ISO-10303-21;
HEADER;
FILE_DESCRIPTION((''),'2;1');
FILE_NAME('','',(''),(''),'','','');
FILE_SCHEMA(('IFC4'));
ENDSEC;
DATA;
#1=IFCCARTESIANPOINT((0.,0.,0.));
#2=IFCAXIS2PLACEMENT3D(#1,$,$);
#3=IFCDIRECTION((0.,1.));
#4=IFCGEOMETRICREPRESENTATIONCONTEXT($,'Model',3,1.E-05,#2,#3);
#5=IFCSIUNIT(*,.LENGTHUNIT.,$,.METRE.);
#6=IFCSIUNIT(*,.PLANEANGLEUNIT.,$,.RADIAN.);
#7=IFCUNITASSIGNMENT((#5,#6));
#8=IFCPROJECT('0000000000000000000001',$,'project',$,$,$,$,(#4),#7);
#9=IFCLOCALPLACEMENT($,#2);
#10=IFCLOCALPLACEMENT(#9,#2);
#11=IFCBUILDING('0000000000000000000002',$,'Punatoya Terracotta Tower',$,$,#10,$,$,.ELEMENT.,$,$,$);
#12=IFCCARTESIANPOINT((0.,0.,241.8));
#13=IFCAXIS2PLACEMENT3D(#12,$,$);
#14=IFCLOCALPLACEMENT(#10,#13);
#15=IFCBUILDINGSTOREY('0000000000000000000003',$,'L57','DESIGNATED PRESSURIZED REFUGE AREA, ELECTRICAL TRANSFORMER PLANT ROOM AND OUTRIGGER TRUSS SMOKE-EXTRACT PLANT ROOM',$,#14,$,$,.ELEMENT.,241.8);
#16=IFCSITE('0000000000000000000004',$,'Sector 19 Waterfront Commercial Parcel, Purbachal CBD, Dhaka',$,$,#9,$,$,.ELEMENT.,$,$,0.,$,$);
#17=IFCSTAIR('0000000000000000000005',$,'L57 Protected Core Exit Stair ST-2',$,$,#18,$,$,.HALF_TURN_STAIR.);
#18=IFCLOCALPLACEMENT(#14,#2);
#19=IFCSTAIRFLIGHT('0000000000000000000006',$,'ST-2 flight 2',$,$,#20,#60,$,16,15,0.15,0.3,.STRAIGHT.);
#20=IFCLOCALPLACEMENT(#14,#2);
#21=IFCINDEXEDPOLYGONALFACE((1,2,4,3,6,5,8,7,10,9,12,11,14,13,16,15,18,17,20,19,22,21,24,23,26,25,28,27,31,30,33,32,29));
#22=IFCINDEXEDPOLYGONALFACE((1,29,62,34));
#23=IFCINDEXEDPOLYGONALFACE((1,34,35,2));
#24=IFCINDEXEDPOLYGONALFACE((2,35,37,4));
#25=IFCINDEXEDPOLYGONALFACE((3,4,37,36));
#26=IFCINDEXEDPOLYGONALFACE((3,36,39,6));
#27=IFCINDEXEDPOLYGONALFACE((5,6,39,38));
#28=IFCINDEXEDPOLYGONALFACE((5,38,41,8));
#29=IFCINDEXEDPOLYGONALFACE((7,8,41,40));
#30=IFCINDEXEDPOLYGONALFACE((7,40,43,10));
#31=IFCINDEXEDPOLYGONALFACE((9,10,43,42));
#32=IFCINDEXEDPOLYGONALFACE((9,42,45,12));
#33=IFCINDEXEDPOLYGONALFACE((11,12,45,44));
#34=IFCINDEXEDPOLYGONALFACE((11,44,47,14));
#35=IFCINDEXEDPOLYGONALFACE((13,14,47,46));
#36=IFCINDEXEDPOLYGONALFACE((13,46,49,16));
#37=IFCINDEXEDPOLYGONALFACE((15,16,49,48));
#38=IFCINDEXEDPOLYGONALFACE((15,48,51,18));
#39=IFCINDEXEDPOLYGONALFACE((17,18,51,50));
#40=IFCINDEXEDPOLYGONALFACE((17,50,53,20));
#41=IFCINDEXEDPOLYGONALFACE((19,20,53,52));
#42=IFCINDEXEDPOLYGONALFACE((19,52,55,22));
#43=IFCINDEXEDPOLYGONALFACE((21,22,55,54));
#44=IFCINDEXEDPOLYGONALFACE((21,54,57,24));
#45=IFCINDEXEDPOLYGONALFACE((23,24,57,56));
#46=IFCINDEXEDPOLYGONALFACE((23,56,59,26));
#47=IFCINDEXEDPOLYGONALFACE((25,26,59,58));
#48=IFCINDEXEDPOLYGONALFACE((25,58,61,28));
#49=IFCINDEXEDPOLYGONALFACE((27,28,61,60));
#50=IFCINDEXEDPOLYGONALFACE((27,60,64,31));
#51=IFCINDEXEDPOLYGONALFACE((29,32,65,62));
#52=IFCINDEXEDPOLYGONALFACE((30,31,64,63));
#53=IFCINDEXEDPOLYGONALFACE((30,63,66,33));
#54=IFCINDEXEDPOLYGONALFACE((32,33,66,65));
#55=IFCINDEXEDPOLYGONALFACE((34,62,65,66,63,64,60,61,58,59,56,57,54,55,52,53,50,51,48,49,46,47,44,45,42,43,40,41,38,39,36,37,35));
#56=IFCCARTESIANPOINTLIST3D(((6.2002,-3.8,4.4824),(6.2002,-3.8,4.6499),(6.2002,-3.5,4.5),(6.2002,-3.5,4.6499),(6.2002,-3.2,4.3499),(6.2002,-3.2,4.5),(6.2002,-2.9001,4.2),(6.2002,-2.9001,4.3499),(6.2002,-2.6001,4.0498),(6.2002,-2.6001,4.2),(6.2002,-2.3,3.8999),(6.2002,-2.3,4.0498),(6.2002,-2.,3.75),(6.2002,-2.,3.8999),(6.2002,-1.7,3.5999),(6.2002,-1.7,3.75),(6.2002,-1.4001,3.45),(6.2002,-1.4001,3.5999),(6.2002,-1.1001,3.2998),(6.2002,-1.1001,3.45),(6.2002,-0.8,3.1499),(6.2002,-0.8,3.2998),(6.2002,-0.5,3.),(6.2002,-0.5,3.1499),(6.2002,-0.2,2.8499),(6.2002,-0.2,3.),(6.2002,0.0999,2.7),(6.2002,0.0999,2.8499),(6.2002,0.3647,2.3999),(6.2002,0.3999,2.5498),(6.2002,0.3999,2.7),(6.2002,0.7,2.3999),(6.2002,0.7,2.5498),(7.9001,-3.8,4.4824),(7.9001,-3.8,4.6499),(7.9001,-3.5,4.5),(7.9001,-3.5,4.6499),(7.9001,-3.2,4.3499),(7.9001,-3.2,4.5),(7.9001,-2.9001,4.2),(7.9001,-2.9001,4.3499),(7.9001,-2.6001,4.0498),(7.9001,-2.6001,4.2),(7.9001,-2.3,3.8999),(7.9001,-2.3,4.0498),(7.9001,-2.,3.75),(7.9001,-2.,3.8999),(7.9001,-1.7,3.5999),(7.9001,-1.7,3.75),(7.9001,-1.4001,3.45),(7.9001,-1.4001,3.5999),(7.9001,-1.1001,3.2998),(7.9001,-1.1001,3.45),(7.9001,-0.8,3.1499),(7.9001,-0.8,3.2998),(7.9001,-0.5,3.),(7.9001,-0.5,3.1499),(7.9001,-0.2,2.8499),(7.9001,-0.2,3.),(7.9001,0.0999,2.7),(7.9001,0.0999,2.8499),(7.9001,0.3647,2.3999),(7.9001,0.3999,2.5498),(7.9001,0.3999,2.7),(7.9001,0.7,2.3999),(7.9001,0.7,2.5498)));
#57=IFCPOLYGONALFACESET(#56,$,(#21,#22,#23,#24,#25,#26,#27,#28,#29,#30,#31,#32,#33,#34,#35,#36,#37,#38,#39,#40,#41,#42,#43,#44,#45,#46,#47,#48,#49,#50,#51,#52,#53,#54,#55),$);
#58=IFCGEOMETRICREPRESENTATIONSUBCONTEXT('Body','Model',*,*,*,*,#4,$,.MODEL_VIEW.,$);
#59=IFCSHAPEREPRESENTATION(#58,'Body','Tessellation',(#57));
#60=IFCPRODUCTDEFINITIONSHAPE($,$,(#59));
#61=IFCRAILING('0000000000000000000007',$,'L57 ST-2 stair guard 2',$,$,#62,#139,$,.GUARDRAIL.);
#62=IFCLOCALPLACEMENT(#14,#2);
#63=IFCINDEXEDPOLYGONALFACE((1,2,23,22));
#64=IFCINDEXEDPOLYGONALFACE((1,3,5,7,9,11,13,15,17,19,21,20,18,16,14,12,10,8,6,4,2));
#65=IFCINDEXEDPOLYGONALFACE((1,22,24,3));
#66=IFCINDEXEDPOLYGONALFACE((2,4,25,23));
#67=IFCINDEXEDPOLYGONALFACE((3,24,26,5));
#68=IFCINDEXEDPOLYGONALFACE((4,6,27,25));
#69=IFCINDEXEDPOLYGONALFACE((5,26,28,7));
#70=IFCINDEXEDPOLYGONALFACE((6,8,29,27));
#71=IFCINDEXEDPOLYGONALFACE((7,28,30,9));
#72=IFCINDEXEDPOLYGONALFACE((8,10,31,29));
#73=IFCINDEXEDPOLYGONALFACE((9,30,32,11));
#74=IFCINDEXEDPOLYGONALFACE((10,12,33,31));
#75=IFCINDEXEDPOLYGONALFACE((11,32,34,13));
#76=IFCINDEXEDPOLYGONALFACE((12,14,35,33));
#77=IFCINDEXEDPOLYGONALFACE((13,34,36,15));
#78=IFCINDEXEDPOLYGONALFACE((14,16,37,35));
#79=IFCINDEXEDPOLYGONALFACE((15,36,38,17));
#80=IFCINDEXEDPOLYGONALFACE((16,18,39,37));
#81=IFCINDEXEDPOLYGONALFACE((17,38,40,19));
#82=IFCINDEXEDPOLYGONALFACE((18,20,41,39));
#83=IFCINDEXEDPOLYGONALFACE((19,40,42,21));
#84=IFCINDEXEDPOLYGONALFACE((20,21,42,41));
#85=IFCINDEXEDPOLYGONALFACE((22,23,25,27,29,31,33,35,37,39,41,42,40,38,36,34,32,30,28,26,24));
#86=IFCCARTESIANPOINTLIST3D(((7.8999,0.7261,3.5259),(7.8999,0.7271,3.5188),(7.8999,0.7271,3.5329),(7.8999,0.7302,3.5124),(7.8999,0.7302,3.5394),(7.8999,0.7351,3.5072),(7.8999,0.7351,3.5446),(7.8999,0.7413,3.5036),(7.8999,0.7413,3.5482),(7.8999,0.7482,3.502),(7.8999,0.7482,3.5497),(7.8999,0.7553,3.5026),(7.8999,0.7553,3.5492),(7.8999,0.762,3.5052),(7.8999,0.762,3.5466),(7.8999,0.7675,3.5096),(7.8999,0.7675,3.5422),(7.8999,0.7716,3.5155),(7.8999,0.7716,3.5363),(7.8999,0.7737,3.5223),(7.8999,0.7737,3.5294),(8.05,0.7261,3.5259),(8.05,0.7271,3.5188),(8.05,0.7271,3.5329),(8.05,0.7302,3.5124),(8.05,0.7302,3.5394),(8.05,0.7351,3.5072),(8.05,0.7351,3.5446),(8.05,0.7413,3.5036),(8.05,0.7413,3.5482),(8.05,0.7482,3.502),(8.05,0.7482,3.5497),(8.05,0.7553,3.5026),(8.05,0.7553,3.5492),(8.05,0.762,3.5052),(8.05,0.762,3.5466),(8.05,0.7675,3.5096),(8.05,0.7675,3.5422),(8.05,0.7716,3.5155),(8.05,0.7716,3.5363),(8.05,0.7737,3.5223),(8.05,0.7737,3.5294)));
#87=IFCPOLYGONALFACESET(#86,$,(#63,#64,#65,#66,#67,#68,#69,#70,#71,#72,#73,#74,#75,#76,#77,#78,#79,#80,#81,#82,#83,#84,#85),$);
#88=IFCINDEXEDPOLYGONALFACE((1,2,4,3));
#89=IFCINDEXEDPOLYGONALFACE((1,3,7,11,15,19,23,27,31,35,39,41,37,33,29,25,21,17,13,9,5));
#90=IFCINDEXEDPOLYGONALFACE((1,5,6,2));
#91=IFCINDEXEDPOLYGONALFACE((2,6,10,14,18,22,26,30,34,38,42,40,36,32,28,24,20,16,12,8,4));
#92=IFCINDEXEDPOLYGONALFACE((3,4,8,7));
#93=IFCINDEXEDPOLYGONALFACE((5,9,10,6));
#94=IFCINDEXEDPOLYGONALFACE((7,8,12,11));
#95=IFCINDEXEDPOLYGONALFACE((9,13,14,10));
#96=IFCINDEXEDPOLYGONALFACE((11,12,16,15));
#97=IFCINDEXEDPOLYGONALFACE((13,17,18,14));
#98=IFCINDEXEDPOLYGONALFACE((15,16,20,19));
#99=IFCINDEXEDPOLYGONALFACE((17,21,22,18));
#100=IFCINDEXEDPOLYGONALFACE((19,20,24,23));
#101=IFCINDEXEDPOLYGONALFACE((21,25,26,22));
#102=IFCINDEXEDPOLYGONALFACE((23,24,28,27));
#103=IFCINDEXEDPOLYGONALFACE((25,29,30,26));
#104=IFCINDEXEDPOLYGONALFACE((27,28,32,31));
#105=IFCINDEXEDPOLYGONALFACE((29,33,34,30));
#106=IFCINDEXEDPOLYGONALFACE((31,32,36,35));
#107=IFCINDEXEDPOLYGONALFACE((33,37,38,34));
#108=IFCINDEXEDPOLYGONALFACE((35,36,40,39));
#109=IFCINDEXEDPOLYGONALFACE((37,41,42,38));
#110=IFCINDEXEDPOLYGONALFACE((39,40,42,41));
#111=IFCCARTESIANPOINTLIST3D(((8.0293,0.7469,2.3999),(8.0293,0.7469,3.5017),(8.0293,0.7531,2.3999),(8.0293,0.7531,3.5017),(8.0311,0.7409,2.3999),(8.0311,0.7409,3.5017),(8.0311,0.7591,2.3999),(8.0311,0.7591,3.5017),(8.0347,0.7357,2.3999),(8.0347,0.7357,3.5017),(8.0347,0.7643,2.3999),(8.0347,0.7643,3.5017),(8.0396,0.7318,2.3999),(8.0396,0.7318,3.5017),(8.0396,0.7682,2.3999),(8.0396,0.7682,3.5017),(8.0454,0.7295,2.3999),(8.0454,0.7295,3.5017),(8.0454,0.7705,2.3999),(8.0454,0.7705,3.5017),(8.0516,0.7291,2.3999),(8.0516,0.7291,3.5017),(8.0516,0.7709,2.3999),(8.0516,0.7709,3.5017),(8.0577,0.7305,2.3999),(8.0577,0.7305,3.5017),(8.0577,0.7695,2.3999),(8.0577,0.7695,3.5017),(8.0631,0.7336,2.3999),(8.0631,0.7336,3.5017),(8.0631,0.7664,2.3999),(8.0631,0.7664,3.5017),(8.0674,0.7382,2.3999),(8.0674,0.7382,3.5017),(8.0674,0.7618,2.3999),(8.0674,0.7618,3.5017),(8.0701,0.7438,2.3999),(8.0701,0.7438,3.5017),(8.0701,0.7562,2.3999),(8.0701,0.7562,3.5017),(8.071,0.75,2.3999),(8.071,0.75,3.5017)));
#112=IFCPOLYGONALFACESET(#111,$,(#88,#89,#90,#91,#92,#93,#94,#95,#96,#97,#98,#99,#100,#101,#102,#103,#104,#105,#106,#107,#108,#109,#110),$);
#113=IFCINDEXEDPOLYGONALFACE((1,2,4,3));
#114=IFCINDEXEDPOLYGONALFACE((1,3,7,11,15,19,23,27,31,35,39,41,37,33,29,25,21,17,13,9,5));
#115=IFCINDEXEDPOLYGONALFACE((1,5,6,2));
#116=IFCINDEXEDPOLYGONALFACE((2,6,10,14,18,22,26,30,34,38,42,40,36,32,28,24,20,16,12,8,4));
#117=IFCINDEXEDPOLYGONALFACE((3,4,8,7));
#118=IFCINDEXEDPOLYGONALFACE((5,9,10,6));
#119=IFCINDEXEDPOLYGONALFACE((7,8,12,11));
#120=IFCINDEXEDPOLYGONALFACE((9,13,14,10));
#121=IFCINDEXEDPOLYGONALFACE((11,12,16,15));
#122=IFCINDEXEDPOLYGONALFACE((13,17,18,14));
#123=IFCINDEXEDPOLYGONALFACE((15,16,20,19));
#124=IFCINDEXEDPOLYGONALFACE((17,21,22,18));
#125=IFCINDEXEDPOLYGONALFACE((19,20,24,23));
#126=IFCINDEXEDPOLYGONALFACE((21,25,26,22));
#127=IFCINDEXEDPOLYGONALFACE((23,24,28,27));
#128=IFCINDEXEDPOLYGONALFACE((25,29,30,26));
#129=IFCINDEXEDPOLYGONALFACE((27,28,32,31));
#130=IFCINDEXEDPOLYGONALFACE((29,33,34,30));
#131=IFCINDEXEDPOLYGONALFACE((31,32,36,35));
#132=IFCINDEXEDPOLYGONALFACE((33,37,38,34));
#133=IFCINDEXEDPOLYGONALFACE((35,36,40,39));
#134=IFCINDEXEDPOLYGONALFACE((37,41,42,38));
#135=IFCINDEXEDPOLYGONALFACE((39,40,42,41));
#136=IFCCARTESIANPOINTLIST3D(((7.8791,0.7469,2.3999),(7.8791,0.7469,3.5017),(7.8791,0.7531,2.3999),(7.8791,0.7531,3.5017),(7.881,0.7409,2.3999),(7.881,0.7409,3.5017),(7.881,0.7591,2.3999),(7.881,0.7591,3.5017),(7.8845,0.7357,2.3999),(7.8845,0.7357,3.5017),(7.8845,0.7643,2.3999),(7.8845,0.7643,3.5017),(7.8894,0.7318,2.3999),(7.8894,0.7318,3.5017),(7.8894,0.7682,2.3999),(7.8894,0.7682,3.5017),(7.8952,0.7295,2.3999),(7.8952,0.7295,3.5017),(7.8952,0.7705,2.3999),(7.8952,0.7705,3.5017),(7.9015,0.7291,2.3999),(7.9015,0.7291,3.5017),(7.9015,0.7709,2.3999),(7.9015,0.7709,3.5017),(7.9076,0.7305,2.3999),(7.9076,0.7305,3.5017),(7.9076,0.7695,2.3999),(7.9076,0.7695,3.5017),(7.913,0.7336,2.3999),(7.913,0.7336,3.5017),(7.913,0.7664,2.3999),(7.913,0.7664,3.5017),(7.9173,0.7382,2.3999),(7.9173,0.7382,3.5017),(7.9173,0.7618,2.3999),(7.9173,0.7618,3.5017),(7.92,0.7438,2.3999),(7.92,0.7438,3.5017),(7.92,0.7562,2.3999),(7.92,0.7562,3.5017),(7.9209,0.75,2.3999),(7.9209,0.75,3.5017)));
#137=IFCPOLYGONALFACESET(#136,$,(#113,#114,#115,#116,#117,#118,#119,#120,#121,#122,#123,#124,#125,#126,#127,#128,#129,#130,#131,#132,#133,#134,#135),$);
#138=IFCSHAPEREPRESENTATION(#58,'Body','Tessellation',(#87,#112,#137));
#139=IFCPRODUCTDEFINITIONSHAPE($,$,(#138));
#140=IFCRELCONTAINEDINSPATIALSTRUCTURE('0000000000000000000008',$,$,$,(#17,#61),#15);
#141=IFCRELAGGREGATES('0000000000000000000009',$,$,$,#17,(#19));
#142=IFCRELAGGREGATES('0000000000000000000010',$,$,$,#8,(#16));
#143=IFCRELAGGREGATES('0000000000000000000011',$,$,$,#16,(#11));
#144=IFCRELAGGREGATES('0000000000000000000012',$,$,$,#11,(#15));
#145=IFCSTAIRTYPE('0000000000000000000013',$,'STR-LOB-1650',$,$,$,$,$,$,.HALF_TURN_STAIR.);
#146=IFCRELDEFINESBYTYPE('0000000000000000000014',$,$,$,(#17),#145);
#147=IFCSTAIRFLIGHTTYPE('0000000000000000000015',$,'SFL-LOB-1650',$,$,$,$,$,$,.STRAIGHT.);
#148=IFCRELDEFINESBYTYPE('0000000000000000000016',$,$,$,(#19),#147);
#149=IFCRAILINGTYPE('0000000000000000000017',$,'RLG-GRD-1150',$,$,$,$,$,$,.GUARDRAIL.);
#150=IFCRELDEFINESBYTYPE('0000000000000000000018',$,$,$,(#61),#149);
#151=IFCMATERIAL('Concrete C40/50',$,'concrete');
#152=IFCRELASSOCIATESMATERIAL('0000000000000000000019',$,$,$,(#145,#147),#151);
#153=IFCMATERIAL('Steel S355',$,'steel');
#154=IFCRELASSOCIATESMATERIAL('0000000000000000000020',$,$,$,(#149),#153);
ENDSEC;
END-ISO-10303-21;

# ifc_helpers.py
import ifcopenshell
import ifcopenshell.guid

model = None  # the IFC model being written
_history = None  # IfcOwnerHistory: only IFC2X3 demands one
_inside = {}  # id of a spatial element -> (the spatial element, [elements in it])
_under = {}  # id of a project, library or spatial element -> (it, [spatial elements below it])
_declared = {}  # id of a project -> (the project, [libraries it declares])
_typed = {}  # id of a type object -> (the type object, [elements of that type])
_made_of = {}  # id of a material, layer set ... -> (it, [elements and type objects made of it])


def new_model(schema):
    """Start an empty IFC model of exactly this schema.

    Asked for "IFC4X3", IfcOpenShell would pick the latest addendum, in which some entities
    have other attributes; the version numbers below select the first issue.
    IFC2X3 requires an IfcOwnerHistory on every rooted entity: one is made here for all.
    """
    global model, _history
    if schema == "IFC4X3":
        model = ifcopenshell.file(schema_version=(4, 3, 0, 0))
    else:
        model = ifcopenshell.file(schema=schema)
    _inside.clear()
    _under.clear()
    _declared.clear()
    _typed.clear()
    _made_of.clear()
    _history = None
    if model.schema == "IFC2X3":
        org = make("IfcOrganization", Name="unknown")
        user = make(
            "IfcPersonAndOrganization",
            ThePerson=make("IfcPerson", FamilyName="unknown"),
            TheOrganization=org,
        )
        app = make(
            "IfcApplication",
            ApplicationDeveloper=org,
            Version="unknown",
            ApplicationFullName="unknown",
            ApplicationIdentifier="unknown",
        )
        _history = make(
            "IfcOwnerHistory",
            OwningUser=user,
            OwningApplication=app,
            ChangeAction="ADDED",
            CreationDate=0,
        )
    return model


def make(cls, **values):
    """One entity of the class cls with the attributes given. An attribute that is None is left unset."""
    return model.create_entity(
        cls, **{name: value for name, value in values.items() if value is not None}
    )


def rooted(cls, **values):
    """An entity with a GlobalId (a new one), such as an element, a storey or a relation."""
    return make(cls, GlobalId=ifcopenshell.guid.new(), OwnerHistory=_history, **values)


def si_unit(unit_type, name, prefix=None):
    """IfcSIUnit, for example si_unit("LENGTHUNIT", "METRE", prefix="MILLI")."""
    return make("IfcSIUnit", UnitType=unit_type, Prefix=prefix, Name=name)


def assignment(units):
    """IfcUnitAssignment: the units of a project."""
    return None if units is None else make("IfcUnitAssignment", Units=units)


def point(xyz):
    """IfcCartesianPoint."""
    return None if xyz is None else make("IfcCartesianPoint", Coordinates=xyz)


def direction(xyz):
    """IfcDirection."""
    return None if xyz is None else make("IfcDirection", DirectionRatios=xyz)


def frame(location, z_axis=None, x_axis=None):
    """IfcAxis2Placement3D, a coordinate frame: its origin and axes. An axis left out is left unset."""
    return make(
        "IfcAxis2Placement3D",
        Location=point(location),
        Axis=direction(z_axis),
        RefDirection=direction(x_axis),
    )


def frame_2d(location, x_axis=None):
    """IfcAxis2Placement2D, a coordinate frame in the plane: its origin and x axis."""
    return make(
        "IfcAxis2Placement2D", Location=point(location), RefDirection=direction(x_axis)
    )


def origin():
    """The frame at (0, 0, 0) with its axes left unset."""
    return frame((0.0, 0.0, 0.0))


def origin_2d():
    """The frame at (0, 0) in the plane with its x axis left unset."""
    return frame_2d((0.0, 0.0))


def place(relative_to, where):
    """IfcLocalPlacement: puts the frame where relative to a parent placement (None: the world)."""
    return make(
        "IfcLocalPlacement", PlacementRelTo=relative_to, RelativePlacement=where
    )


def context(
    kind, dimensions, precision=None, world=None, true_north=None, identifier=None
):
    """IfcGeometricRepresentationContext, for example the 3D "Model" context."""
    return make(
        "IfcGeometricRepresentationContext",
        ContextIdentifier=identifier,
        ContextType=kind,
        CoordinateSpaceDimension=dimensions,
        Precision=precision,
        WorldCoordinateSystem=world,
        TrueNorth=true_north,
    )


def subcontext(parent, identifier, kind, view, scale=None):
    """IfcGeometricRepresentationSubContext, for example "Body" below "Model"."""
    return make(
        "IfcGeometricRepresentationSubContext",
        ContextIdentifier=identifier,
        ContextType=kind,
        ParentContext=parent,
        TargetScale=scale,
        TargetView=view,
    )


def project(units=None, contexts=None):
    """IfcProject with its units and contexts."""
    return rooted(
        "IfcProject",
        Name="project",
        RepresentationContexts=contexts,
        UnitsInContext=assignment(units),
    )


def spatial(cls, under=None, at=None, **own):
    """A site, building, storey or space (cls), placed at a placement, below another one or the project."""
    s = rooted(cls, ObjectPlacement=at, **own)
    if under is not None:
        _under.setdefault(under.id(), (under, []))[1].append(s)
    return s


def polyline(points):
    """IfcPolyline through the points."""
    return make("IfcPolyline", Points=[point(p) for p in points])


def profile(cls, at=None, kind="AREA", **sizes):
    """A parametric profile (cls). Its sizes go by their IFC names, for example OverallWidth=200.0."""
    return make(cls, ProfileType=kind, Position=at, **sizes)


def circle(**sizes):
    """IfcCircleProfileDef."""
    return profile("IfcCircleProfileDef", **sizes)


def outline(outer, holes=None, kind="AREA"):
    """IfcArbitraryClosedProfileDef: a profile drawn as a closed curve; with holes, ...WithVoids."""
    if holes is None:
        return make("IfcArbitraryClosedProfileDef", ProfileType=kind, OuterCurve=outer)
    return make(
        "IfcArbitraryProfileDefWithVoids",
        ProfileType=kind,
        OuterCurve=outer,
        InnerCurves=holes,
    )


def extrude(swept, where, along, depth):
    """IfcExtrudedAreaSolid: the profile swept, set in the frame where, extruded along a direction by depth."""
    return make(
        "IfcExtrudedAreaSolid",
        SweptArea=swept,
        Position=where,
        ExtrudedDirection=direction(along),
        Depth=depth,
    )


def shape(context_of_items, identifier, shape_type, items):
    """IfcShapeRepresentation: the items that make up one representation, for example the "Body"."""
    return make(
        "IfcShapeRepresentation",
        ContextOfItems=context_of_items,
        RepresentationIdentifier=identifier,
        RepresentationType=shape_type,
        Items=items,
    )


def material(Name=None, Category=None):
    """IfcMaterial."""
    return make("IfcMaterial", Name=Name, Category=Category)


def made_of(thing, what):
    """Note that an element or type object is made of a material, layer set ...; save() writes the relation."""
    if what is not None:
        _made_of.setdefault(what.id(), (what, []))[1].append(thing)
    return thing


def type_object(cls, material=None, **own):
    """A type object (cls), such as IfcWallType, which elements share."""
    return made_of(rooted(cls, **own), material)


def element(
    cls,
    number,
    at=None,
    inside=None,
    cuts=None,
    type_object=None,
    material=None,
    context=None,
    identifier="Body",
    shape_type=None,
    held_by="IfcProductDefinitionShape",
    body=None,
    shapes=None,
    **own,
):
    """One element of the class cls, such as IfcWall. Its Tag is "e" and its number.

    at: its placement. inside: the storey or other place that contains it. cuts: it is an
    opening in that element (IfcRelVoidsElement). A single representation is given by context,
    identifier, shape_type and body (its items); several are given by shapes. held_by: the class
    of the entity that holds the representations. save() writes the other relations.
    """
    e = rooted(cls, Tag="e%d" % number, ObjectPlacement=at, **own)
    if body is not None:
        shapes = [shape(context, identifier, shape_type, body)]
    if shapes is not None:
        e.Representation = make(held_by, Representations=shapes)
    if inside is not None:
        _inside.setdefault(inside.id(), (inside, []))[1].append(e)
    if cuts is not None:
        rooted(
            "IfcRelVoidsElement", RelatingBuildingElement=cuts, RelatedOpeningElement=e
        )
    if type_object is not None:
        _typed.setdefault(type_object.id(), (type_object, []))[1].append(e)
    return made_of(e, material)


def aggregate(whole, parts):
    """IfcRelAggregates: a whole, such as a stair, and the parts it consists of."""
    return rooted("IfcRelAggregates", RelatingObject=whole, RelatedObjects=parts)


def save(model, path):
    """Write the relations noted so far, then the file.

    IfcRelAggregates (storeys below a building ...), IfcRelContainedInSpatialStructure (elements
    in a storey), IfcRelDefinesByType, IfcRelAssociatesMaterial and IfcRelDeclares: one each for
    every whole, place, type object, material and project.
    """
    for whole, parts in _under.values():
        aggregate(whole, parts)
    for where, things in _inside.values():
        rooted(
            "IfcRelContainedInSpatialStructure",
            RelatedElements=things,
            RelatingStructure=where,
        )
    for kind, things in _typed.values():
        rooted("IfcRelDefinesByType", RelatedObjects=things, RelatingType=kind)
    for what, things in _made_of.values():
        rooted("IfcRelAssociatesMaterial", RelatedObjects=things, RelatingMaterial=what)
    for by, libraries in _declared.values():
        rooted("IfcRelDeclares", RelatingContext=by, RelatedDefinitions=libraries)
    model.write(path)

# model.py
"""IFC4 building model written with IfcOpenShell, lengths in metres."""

from ifc_helpers import new_model, si_unit, direction, frame, origin, origin_2d, place, context, subcontext, project, spatial, polyline, circle, outline, extrude, material, type_object, element, aggregate, save


model = new_model("IFC4")

# Units and contexts
model_context = context("Model", 3, precision=1e-05, world=origin(), true_north=direction((0.0, 1.0)))
body_context = subcontext(model_context, "Body", "Model", "MODEL_VIEW")
ifc_project = project(units=[si_unit("LENGTHUNIT", "METRE"), si_unit("PLANEANGLEUNIT", "RADIAN")], contexts=[model_context])

# Site, building, storey
site_placement = place(None, origin())
site = spatial("IfcSite", under=ifc_project, at=site_placement, Name="Sector 19 Waterfront Commercial Parcel, Purbachal CBD, Dhaka", CompositionType="ELEMENT", RefElevation=0.0)
building_placement = place(site_placement, origin())
building = spatial("IfcBuilding", under=site, at=building_placement, Name="Punatoya Terracotta Tower", CompositionType="ELEMENT")
storey_placement = place(building_placement, frame((0.0, 0.0, 241.8)))
storey = spatial("IfcBuildingStorey", under=building, at=storey_placement, Name="L57", Description="DESIGNATED PRESSURIZED REFUGE AREA, ELECTRICAL TRANSFORMER PLANT ROOM AND OUTRIGGER TRUSS SMOKE-EXTRACT PLANT ROOM", CompositionType="ELEMENT", Elevation=241.8)

# Shared definitions
ifc_material_1 = material(Name="Steel S355", Category="steel")

# Shared definitions
ifc_material_2 = material(Name="Concrete C40/50", Category="concrete")

# Stair, stair flight
stair_type = type_object("IfcStairType", Name="STR-LOB-1650", PredefinedType="HALF_TURN_STAIR", material=ifc_material_2)
stair_placement = place(storey_placement, origin())
stair = element("IfcStair", 1, at=stair_placement, inside=storey, type_object=stair_type, Name="L57 Protected Core Exit Stair ST-2", PredefinedType="HALF_TURN_STAIR")
stair_flight_type = type_object("IfcStairFlightType", Name="SFL-LOB-1650", PredefinedType="STRAIGHT", material=ifc_material_2)
stair_flight_placement = place(storey_placement, frame((7.05, 0.7, 2.3999), z_axis=(0.0, 0.0, 1.0), x_axis=(0.0, -1.0, 0.0)))
stair_flight = element("IfcStairFlight", 2, at=stair_flight_placement, type_object=stair_flight_type, Name="ST-2 flight 2", NumberOfRisers=16, NumberOfTreads=15, PredefinedType="STRAIGHT", RiserHeight=0.15, TreadLength=0.3, context=body_context, shape_type="SweptSolid", body=[
    extrude(outline(polyline([(0.0, 0.0), (0.0, 0.1499), (0.3, 0.1499), (0.3, 0.3), (0.6001, 0.3), (0.6001, 0.45), (0.8999, 0.45), (0.8999, 0.6001), (1.2, 0.6001), (1.2, 0.75), (1.5, 0.75), (1.5, 0.8999), (1.8, 0.8999), (1.8, 1.05), (2.1001, 1.05), (2.1001, 1.2), (2.3999, 1.2), (2.3999, 1.3501), (2.7, 1.3501), (2.7, 1.5), (3.0, 1.5), (3.0, 1.6499), (3.3, 1.6499), (3.3, 1.8), (3.6001, 1.8), (3.6001, 1.95), (3.8999, 1.95), (3.8999, 2.1001), (4.2, 2.1001), (4.2, 2.25), (4.5, 2.25), (4.5, 2.3999), (4.5, 2.0825), (0.3352, 0.0), (0.0, 0.0)])), frame((0.0, 0.8501, 0.0), z_axis=(0.0, -1.0, 0.0), x_axis=(1.0, 0.0, 0.0)), (0.0, 0.0, 1.0), 1.7),
])
aggregate(stair, [stair_flight])

# Railing
railing_type_1 = type_object("IfcRailingType", Name="RLG-GRD-1150", PredefinedType="GUARDRAIL", material=ifc_material_1)
railing_1_placement = place(storey_placement, frame((8.05, 0.75, 2.3999)))
element("IfcRailing", 3, at=railing_1_placement, inside=storey, type_object=railing_type_1, Name="L57 ST-2 stair guard 2", PredefinedType="GUARDRAIL", context=body_context, shape_type="SweptSolid", body=[
    extrude(circle(Radius=0.0239, at=origin_2d()), frame((0.0, 0.0, 1.126), z_axis=(-1.0, 0.0, 0.0), x_axis=(0.0, -1.0, 0.0)), (0.0, 0.0, 1.0), 0.1501),
    extrude(circle(Radius=0.021, at=origin_2d()), origin(), (0.0, 0.0, 1.0), 1.1018),
    extrude(circle(Radius=0.021, at=origin_2d()), frame((-0.1501, 0.0, 0.0)), (0.0, 0.0, 1.0), 1.1018),
])

save(model, "model.ifc")
